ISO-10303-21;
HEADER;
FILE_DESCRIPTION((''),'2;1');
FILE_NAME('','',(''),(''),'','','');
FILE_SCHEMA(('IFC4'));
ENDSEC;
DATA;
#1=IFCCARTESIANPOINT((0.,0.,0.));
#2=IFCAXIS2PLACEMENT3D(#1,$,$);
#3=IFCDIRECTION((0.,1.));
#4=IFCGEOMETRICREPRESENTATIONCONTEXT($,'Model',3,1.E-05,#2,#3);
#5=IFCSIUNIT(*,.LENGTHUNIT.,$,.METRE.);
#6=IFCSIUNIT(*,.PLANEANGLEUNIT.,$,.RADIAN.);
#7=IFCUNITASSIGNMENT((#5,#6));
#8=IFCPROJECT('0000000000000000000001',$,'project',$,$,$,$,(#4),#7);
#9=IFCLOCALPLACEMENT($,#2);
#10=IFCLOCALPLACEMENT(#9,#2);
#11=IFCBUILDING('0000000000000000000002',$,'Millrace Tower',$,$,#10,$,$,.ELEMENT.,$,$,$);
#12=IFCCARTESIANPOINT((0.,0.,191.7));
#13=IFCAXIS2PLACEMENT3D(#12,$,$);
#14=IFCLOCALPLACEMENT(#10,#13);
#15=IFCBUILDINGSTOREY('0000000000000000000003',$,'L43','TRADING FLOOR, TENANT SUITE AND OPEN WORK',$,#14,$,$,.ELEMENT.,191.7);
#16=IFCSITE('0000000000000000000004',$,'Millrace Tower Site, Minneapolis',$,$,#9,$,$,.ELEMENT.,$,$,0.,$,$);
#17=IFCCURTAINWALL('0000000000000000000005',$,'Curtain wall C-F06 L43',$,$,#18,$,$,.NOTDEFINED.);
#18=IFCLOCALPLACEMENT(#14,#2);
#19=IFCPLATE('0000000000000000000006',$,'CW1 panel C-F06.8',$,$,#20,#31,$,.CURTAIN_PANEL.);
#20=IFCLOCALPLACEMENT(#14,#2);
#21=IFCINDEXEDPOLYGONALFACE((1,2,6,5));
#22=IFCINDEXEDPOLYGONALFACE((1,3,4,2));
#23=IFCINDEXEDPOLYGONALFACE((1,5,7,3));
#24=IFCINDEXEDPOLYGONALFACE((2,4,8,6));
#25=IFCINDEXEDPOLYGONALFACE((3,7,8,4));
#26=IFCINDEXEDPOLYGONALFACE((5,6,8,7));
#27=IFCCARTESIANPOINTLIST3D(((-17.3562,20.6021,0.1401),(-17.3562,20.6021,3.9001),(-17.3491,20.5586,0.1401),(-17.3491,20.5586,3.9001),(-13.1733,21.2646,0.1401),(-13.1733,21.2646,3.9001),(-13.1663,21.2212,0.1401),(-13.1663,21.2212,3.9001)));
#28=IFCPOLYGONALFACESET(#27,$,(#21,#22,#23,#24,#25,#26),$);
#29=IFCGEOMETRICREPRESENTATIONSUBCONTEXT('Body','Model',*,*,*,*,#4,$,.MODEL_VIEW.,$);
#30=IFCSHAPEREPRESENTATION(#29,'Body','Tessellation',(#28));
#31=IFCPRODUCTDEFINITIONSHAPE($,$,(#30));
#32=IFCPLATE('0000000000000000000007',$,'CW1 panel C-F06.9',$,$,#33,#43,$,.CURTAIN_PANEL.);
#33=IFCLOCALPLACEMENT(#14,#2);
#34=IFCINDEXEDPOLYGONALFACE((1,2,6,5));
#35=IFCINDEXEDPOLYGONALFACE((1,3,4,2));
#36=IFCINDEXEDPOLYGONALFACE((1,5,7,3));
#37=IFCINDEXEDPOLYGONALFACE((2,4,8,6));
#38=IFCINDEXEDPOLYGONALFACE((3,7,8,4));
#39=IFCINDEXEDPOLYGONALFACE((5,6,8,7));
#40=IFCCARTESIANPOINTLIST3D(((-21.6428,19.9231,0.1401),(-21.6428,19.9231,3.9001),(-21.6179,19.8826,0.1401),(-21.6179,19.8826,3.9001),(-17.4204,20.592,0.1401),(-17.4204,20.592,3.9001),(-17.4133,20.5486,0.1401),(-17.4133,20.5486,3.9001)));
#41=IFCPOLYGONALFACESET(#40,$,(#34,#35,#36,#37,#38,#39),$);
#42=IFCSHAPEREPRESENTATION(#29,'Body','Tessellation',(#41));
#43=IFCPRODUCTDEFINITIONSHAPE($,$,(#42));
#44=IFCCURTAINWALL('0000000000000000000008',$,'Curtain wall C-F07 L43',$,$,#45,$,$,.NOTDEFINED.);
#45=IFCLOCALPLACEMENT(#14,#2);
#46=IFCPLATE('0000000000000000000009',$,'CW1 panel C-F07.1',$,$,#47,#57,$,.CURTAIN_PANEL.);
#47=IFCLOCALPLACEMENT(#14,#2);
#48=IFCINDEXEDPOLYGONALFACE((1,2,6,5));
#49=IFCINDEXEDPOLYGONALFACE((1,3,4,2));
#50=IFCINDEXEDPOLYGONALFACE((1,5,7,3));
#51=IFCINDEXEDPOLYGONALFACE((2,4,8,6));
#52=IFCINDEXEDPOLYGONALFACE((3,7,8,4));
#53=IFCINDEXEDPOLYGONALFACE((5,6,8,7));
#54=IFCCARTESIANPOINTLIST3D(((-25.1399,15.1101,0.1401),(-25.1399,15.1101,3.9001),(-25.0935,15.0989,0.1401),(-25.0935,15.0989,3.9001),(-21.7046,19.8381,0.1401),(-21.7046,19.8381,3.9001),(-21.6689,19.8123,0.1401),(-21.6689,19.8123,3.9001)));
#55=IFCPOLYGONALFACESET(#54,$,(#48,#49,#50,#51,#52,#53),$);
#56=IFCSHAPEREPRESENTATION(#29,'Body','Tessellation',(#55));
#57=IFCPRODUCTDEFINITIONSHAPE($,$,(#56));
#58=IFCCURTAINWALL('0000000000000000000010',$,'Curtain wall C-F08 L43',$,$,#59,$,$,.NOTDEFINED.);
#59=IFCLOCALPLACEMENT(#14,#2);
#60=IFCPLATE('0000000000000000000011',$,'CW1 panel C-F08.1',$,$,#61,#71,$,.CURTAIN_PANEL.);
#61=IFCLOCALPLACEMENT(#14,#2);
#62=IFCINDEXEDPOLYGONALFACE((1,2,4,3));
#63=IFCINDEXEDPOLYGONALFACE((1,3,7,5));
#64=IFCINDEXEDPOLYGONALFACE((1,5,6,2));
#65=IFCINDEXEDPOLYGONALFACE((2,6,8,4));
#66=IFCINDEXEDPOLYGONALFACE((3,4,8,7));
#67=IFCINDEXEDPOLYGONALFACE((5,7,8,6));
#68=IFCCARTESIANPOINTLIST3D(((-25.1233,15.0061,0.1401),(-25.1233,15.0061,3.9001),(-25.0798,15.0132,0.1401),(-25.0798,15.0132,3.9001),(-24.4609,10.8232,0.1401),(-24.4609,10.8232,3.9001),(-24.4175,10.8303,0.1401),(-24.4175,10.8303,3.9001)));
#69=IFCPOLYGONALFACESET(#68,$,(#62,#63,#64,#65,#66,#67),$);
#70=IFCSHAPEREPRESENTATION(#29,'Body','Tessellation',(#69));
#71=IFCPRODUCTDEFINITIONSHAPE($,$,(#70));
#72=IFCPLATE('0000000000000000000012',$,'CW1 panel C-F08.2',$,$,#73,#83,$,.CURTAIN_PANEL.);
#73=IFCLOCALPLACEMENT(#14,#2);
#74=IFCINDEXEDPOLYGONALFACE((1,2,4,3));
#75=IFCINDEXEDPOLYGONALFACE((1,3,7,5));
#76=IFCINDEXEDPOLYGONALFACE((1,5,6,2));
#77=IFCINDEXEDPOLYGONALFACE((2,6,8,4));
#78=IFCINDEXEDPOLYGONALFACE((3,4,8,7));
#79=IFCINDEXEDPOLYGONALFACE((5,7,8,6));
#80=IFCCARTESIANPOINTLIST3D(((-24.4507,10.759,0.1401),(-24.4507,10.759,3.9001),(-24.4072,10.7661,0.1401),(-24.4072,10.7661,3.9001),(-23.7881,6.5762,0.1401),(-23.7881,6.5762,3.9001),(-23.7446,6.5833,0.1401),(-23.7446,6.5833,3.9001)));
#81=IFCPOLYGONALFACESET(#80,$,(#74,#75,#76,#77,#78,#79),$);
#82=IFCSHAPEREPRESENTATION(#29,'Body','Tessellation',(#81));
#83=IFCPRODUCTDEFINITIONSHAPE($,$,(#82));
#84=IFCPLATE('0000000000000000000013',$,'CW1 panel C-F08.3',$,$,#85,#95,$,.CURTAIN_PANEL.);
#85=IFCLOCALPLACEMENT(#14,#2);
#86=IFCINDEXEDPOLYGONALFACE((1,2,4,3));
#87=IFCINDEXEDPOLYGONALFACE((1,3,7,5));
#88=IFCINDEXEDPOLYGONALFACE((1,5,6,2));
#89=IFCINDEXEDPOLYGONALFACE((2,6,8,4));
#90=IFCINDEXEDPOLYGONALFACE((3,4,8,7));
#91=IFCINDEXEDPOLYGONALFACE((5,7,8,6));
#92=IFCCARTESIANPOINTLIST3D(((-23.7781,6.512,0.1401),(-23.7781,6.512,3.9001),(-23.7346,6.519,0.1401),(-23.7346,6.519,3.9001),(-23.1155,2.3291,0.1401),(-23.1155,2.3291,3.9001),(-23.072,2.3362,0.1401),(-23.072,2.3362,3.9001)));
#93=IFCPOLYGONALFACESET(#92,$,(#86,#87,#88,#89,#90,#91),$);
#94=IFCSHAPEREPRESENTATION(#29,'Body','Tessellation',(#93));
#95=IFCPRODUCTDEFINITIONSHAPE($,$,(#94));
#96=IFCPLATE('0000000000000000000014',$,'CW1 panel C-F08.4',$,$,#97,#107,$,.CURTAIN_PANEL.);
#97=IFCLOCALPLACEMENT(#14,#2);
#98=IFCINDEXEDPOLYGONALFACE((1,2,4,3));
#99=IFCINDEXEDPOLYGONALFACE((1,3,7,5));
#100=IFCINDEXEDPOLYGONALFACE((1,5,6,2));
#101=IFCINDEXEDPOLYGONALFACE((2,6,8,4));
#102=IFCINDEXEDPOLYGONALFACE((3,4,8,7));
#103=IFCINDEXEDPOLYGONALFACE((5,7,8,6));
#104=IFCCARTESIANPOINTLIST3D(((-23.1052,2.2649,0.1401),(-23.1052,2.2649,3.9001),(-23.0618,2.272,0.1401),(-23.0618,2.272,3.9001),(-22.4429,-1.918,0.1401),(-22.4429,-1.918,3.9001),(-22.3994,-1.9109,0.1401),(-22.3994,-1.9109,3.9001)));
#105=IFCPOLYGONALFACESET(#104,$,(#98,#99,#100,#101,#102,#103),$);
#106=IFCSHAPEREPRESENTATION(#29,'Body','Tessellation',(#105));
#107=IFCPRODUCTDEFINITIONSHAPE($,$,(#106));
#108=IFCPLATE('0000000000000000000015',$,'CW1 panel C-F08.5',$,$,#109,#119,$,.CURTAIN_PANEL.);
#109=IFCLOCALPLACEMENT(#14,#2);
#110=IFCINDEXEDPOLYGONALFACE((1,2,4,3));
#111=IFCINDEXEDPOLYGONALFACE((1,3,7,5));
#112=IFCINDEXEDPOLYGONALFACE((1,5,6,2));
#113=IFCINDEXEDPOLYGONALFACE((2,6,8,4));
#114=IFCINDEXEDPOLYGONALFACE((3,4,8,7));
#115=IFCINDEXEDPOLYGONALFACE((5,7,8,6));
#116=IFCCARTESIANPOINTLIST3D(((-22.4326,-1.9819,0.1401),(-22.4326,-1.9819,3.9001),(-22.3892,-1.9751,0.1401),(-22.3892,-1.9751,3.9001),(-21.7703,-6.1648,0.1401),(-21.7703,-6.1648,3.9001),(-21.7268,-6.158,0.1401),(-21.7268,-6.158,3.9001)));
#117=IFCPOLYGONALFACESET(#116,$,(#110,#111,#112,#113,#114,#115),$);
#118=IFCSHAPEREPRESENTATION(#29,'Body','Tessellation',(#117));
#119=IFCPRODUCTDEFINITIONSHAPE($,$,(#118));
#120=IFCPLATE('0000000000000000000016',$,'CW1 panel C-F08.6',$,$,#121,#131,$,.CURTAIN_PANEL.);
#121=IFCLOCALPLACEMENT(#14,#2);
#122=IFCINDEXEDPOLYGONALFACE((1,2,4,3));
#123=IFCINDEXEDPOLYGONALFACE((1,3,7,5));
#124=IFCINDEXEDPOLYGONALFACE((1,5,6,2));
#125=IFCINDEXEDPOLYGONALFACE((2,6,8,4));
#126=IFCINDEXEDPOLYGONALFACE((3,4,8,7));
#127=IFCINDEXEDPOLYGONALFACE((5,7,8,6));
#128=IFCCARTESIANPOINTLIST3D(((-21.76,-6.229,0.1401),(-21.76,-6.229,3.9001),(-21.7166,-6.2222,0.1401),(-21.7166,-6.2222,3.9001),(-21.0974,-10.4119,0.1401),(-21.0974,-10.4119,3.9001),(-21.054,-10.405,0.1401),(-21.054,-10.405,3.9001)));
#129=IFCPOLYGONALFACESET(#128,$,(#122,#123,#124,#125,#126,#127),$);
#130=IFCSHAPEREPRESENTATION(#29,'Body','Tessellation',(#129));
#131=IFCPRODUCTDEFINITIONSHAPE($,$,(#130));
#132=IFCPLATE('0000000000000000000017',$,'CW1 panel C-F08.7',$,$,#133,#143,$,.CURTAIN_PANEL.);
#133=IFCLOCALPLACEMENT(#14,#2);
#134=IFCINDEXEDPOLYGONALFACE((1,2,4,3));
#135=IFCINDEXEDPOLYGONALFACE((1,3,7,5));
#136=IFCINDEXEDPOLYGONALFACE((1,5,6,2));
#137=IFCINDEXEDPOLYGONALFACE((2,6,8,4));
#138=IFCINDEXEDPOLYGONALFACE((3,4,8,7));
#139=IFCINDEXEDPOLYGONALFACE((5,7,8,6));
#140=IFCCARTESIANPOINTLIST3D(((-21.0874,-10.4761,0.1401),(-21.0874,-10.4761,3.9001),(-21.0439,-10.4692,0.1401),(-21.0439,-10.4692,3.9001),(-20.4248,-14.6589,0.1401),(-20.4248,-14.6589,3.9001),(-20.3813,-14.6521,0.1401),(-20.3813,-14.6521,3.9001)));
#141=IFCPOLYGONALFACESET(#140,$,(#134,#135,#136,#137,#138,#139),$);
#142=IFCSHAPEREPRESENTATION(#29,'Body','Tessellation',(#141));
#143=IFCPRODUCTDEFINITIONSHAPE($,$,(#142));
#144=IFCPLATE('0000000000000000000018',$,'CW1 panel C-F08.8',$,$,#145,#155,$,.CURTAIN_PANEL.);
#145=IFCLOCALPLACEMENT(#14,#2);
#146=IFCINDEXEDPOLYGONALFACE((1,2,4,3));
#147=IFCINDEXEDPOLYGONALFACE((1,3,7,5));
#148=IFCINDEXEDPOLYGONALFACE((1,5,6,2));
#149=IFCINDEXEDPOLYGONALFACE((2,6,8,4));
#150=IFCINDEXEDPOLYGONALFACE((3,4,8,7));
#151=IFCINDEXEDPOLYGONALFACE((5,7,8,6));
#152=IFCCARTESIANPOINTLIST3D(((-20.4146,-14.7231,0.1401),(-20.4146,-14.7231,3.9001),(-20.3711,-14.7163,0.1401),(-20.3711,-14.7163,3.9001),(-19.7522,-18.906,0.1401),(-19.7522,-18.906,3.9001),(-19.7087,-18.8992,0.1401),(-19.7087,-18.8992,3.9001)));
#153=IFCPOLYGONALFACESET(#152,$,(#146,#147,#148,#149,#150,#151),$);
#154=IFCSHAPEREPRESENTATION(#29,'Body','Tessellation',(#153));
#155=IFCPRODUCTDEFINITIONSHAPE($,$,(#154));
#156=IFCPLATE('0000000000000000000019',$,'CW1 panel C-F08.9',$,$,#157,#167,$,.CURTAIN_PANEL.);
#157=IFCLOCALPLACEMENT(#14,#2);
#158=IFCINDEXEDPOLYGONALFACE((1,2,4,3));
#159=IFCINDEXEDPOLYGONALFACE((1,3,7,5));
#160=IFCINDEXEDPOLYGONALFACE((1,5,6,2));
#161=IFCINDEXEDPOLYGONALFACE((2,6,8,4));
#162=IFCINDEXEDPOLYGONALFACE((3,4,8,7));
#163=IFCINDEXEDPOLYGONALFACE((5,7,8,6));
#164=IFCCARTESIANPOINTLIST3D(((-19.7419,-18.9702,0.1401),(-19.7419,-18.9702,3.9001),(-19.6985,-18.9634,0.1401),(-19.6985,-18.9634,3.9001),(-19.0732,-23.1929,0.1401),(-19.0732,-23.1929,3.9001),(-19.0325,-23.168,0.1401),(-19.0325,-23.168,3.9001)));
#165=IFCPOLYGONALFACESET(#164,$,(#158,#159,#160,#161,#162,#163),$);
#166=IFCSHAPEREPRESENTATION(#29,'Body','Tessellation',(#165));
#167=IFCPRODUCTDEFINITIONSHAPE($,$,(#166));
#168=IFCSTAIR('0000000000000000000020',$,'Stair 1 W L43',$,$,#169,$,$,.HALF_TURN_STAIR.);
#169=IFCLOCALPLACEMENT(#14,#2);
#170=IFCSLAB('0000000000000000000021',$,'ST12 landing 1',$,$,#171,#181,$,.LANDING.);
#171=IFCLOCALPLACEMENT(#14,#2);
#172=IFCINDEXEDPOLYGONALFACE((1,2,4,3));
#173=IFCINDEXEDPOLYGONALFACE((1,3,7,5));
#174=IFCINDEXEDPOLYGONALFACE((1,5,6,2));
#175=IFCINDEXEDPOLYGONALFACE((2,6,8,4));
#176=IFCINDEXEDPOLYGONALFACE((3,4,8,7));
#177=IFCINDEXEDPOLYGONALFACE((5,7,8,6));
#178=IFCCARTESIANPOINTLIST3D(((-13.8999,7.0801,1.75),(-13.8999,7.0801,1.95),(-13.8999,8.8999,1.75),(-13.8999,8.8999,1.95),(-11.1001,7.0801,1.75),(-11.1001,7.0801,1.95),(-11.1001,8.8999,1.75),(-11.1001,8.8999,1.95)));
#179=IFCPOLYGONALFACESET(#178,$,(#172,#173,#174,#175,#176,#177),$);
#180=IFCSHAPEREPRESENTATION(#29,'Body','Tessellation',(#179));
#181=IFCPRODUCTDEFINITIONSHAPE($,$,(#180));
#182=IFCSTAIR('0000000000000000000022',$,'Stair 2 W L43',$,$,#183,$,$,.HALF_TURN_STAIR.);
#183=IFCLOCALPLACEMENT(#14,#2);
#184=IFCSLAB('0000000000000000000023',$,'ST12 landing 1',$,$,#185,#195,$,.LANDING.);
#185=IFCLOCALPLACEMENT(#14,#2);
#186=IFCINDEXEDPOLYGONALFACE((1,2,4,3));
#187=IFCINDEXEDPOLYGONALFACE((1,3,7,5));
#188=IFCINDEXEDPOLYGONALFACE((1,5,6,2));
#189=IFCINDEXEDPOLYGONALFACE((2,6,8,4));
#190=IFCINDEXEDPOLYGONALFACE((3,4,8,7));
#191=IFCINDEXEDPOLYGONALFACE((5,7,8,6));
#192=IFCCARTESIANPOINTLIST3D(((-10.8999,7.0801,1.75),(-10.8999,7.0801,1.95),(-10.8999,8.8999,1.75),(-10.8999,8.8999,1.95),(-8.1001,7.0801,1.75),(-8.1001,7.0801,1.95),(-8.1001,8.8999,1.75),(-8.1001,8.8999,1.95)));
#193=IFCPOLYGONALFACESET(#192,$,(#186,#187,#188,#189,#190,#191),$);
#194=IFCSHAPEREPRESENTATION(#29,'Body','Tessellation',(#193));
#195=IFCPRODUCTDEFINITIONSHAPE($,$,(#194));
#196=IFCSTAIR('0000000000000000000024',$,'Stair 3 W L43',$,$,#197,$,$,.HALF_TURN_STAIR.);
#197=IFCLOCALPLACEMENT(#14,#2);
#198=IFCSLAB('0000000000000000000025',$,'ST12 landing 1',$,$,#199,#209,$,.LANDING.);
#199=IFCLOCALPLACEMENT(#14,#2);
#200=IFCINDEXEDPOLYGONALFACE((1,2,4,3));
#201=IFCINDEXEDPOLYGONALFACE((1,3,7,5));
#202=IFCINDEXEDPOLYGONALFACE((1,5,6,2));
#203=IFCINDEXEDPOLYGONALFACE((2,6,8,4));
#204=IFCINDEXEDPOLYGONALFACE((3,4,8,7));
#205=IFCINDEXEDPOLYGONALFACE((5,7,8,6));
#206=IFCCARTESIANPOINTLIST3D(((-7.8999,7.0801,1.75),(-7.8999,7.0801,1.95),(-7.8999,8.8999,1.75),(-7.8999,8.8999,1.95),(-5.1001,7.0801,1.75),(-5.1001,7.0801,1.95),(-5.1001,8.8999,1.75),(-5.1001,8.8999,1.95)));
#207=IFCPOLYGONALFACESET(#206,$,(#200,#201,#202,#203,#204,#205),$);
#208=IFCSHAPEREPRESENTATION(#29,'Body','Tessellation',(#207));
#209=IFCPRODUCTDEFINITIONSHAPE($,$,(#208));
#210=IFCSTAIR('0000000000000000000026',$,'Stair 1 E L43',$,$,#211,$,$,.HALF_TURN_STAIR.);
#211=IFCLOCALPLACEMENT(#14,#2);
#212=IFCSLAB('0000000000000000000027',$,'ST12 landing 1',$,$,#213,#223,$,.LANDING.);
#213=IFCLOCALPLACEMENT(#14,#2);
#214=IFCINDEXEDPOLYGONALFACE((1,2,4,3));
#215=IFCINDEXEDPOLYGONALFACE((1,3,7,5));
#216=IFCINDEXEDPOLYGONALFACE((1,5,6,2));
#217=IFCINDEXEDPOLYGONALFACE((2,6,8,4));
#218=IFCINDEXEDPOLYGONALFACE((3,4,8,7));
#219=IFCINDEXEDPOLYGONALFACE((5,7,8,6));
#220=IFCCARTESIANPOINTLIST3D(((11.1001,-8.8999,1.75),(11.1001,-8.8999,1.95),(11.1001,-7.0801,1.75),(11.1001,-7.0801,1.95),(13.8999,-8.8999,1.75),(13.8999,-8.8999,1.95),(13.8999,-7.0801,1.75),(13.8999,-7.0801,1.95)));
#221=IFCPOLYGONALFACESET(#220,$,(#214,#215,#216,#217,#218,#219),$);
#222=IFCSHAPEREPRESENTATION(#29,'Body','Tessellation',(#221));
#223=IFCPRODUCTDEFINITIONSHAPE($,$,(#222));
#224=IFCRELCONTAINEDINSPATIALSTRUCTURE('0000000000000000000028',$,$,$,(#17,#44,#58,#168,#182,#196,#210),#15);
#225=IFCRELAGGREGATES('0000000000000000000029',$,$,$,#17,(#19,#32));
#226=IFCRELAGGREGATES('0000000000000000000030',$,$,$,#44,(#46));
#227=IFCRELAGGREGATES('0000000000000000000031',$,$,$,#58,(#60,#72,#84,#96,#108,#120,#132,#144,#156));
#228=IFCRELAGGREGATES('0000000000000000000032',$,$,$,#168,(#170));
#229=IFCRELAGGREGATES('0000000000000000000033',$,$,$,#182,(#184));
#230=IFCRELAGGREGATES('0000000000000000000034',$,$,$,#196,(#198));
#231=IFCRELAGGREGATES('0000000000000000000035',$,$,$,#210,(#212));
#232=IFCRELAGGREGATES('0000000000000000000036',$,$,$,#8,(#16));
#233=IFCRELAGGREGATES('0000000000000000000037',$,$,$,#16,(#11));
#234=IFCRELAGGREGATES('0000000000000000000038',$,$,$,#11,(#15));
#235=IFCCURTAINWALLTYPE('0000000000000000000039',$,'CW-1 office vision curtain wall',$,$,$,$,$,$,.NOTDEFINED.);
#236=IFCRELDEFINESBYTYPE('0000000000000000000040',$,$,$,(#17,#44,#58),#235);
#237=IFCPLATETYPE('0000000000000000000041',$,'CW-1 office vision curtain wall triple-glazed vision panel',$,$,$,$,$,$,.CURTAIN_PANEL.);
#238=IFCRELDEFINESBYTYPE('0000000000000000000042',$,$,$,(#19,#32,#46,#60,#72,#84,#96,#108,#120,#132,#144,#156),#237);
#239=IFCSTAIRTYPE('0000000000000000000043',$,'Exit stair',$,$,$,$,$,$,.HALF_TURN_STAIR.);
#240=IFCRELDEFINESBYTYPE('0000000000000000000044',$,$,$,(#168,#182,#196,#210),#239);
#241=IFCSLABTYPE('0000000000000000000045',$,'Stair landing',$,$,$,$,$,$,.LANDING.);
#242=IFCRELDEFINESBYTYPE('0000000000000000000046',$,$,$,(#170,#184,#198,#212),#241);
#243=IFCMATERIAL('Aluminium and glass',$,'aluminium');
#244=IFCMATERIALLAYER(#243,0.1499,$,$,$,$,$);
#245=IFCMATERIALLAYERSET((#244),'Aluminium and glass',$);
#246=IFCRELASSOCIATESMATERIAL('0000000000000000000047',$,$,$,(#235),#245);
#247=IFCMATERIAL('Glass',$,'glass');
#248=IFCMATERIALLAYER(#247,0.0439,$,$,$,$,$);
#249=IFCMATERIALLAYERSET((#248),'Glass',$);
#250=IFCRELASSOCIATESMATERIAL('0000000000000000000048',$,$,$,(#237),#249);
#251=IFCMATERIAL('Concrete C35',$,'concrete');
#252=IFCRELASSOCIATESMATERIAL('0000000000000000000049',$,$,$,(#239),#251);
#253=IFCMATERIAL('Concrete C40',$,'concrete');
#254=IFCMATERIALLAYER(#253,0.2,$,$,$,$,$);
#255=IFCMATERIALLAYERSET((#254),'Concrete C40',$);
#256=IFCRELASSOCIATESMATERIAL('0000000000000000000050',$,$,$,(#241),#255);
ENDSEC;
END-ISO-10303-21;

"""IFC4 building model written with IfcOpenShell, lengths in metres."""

from ifc_helpers import new_model, si_unit, direction, frame, origin, place, context, subcontext, project, spatial, polyline, outline, extrude, material, layer, layer_set, type_object, element, aggregate, save


model = new_model("IFC4")

# Units and contexts
model_context = context("Model", 3, precision=1e-05, world=origin(), true_north=direction((0.0, 1.0)))
body_context = subcontext(model_context, "Body", "Model", "MODEL_VIEW")
ifc_project = project(units=[si_unit("LENGTHUNIT", "METRE"), si_unit("PLANEANGLEUNIT", "RADIAN")], contexts=[model_context])

# Site, building, storey
site_placement = place(None, origin())
site = spatial("IfcSite", under=ifc_project, at=site_placement, Name="Millrace Tower Site, Minneapolis", CompositionType="ELEMENT", RefElevation=0.0)
building_placement = place(site_placement, origin())
building = spatial("IfcBuilding", under=site, at=building_placement, Name="Millrace Tower", CompositionType="ELEMENT")
storey_placement = place(building_placement, frame((0.0, 0.0, 191.7)))
storey = spatial("IfcBuildingStorey", under=building, at=storey_placement, Name="L43", Description="TRADING FLOOR, TENANT SUITE AND OPEN WORK", CompositionType="ELEMENT", Elevation=191.7)

# Curtain wall, plates
ifc_material_1 = material(Name="Aluminium and glass", Category="aluminium")
ifc_layer_1 = layer(ifc_material_1, 0.1499)
ifc_layer_set_1 = layer_set([ifc_layer_1], Name="Aluminium and glass")
curtain_wall_type = type_object("IfcCurtainWallType", Name="CW-1 office vision curtain wall", PredefinedType="NOTDEFINED", material=ifc_layer_set_1)
placement_1 = place(storey_placement, origin())
curtain_wall_1 = element("IfcCurtainWall", 1, at=placement_1, inside=storey, type_object=curtain_wall_type, Name="Curtain wall C-F06 L43", PredefinedType="NOTDEFINED")
ifc_material_2 = material(Name="Glass", Category="glass")
ifc_layer_2 = layer(ifc_material_2, 0.0439)
ifc_layer_set_2 = layer_set([ifc_layer_2], Name="Glass")
plate_type = type_object("IfcPlateType", Name="CW-1 office vision curtain wall triple-glazed vision panel", PredefinedType="CURTAIN_PANEL", material=ifc_layer_set_2)
placement_2 = place(storey_placement, frame((0.0, 0.0, 0.1401)))
plate_1 = element("IfcPlate", 2, at=placement_2, type_object=plate_type, Name="CW1 panel C-F06.8", PredefinedType="CURTAIN_PANEL", context=body_context, shape_type="SweptSolid", body=[
    extrude(outline(polyline([(-13.1733, 21.2646), (-17.3562, 20.6021), (-17.3491, 20.5586), (-13.1663, 21.2212), (-13.1733, 21.2646)])), origin(), (0.0, 0.0, 1.0), 3.76),
])
plate_2 = element("IfcPlate", 3, at=placement_2, type_object=plate_type, Name="CW1 panel C-F06.9", PredefinedType="CURTAIN_PANEL", context=body_context, shape_type="SweptSolid", body=[
    extrude(outline(polyline([(-17.4204, 20.592), (-21.6428, 19.9231), (-21.6179, 19.8826), (-17.4133, 20.5486), (-17.4204, 20.592)])), origin(), (0.0, 0.0, 1.0), 3.76),
])
aggregate(curtain_wall_1, [plate_1, plate_2])

# Curtain wall, plate
curtain_wall_2 = element("IfcCurtainWall", 4, at=placement_1, inside=storey, type_object=curtain_wall_type, Name="Curtain wall C-F07 L43", PredefinedType="NOTDEFINED")
plate_3 = element("IfcPlate", 5, at=placement_2, type_object=plate_type, Name="CW1 panel C-F07.1", PredefinedType="CURTAIN_PANEL", context=body_context, shape_type="SweptSolid", body=[
    extrude(outline(polyline([(-21.7046, 19.8381), (-25.1399, 15.1101), (-25.0935, 15.0989), (-21.6689, 19.8123), (-21.7046, 19.8381)])), origin(), (0.0, 0.0, 1.0), 3.76),
])
aggregate(curtain_wall_2, [plate_3])

# Curtain wall, plates
curtain_wall_3 = element("IfcCurtainWall", 6, at=placement_1, inside=storey, type_object=curtain_wall_type, Name="Curtain wall C-F08 L43", PredefinedType="NOTDEFINED")
plate_4 = element("IfcPlate", 7, at=placement_2, type_object=plate_type, Name="CW1 panel C-F08.1", PredefinedType="CURTAIN_PANEL", context=body_context, shape_type="SweptSolid", body=[
    extrude(outline(polyline([(-25.1233, 15.0061), (-24.4609, 10.8232), (-24.4175, 10.8303), (-25.0798, 15.0132), (-25.1233, 15.0061)])), origin(), (0.0, 0.0, 1.0), 3.76),
])
plate_5 = element("IfcPlate", 8, at=placement_2, type_object=plate_type, Name="CW1 panel C-F08.2", PredefinedType="CURTAIN_PANEL", context=body_context, shape_type="SweptSolid", body=[
    extrude(outline(polyline([(-24.4507, 10.759), (-23.7881, 6.5762), (-23.7446, 6.5833), (-24.4072, 10.7661), (-24.4507, 10.759)])), origin(), (0.0, 0.0, 1.0), 3.76),
])
plate_6 = element("IfcPlate", 9, at=placement_2, type_object=plate_type, Name="CW1 panel C-F08.3", PredefinedType="CURTAIN_PANEL", context=body_context, shape_type="SweptSolid", body=[
    extrude(outline(polyline([(-23.7781, 6.512), (-23.1155, 2.3291), (-23.072, 2.3362), (-23.7346, 6.519), (-23.7781, 6.512)])), origin(), (0.0, 0.0, 1.0), 3.76),
])
plate_7 = element("IfcPlate", 10, at=placement_2, type_object=plate_type, Name="CW1 panel C-F08.4", PredefinedType="CURTAIN_PANEL", context=body_context, shape_type="SweptSolid", body=[
    extrude(outline(polyline([(-23.1052, 2.2649), (-22.4429, -1.918), (-22.3994, -1.9109), (-23.0618, 2.272), (-23.1052, 2.2649)])), origin(), (0.0, 0.0, 1.0), 3.76),
])
plate_8 = element("IfcPlate", 11, at=placement_2, type_object=plate_type, Name="CW1 panel C-F08.5", PredefinedType="CURTAIN_PANEL", context=body_context, shape_type="SweptSolid", body=[
    extrude(outline(polyline([(-22.4326, -1.9819), (-21.7703, -6.1648), (-21.7268, -6.158), (-22.3892, -1.9751), (-22.4326, -1.9819)])), origin(), (0.0, 0.0, 1.0), 3.76),
])
plate_9 = element("IfcPlate", 12, at=placement_2, type_object=plate_type, Name="CW1 panel C-F08.6", PredefinedType="CURTAIN_PANEL", context=body_context, shape_type="SweptSolid", body=[
    extrude(outline(polyline([(-21.76, -6.229), (-21.0974, -10.4119), (-21.054, -10.405), (-21.7166, -6.2222), (-21.76, -6.229)])), origin(), (0.0, 0.0, 1.0), 3.76),
])
plate_10 = element("IfcPlate", 13, at=placement_2, type_object=plate_type, Name="CW1 panel C-F08.7", PredefinedType="CURTAIN_PANEL", context=body_context, shape_type="SweptSolid", body=[
    extrude(outline(polyline([(-21.0874, -10.4761), (-20.4248, -14.6589), (-20.3813, -14.6521), (-21.0439, -10.4692), (-21.0874, -10.4761)])), origin(), (0.0, 0.0, 1.0), 3.76),
])
plate_11 = element("IfcPlate", 14, at=placement_2, type_object=plate_type, Name="CW1 panel C-F08.8", PredefinedType="CURTAIN_PANEL", context=body_context, shape_type="SweptSolid", body=[
    extrude(outline(polyline([(-20.4146, -14.7231), (-19.7522, -18.906), (-19.7087, -18.8992), (-20.3711, -14.7163), (-20.4146, -14.7231)])), origin(), (0.0, 0.0, 1.0), 3.76),
])
plate_12 = element("IfcPlate", 15, at=placement_2, type_object=plate_type, Name="CW1 panel C-F08.9", PredefinedType="CURTAIN_PANEL", context=body_context, shape_type="SweptSolid", body=[
    extrude(outline(polyline([(-19.7419, -18.9702), (-19.0732, -23.1929), (-19.0325, -23.168), (-19.6985, -18.9634), (-19.7419, -18.9702)])), origin(), (0.0, 0.0, 1.0), 3.76),
])
aggregate(curtain_wall_3, [plate_4, plate_5, plate_6, plate_7, plate_8, plate_9, plate_10, plate_11, plate_12])

# Stairs, slabs
ifc_material_3 = material(Name="Concrete C35", Category="concrete")
stair_type = type_object("IfcStairType", Name="Exit stair", PredefinedType="HALF_TURN_STAIR", material=ifc_material_3)
stair_1 = element("IfcStair", 16, at=placement_1, inside=storey, type_object=stair_type, Name="Stair 1 W L43", PredefinedType="HALF_TURN_STAIR")
ifc_material_4 = material(Name="Concrete C40", Category="concrete")
ifc_layer_3 = layer(ifc_material_4, 0.2)
ifc_layer_set_3 = layer_set([ifc_layer_3], Name="Concrete C40")
slab_type = type_object("IfcSlabType", Name="Stair landing", PredefinedType="LANDING", material=ifc_layer_set_3)
placement_3 = place(storey_placement, frame((0.0, 0.0, 1.75)))
slab_1 = element("IfcSlab", 17, at=placement_3, type_object=slab_type, Name="ST12 landing 1", PredefinedType="LANDING", context=body_context, shape_type="SweptSolid", body=[
    extrude(outline(polyline([(-13.8999, 7.0801), (-11.1001, 7.0801), (-11.1001, 8.8999), (-13.8999, 8.8999), (-13.8999, 7.0801)])), origin(), (0.0, 0.0, 1.0), 0.2),
])
aggregate(stair_1, [slab_1])
stair_2 = element("IfcStair", 18, at=placement_1, inside=storey, type_object=stair_type, Name="Stair 2 W L43", PredefinedType="HALF_TURN_STAIR")
slab_2 = element("IfcSlab", 19, at=placement_3, type_object=slab_type, Name="ST12 landing 1", PredefinedType="LANDING", context=body_context, shape_type="SweptSolid", body=[
    extrude(outline(polyline([(-10.8999, 7.0801), (-8.1001, 7.0801), (-8.1001, 8.8999), (-10.8999, 8.8999), (-10.8999, 7.0801)])), origin(), (0.0, 0.0, 1.0), 0.2),
])
aggregate(stair_2, [slab_2])
stair_3 = element("IfcStair", 20, at=placement_1, inside=storey, type_object=stair_type, Name="Stair 3 W L43", PredefinedType="HALF_TURN_STAIR")
slab_3 = element("IfcSlab", 21, at=placement_3, type_object=slab_type, Name="ST12 landing 1", PredefinedType="LANDING", context=body_context, shape_type="SweptSolid", body=[
    extrude(outline(polyline([(-7.8999, 7.0801), (-5.1001, 7.0801), (-5.1001, 8.8999), (-7.8999, 8.8999), (-7.8999, 7.0801)])), origin(), (0.0, 0.0, 1.0), 0.2),
])
aggregate(stair_3, [slab_3])
stair_4 = element("IfcStair", 22, at=placement_1, inside=storey, type_object=stair_type, Name="Stair 1 E L43", PredefinedType="HALF_TURN_STAIR")
slab_4 = element("IfcSlab", 23, at=placement_3, type_object=slab_type, Name="ST12 landing 1", PredefinedType="LANDING", context=body_context, shape_type="SweptSolid", body=[
    extrude(outline(polyline([(11.1001, -8.8999), (13.8999, -8.8999), (13.8999, -7.0801), (11.1001, -7.0801), (11.1001, -8.8999)])), origin(), (0.0, 0.0, 1.0), 0.2),
])
aggregate(stair_4, [slab_4])

save(model, "model.ifc")
